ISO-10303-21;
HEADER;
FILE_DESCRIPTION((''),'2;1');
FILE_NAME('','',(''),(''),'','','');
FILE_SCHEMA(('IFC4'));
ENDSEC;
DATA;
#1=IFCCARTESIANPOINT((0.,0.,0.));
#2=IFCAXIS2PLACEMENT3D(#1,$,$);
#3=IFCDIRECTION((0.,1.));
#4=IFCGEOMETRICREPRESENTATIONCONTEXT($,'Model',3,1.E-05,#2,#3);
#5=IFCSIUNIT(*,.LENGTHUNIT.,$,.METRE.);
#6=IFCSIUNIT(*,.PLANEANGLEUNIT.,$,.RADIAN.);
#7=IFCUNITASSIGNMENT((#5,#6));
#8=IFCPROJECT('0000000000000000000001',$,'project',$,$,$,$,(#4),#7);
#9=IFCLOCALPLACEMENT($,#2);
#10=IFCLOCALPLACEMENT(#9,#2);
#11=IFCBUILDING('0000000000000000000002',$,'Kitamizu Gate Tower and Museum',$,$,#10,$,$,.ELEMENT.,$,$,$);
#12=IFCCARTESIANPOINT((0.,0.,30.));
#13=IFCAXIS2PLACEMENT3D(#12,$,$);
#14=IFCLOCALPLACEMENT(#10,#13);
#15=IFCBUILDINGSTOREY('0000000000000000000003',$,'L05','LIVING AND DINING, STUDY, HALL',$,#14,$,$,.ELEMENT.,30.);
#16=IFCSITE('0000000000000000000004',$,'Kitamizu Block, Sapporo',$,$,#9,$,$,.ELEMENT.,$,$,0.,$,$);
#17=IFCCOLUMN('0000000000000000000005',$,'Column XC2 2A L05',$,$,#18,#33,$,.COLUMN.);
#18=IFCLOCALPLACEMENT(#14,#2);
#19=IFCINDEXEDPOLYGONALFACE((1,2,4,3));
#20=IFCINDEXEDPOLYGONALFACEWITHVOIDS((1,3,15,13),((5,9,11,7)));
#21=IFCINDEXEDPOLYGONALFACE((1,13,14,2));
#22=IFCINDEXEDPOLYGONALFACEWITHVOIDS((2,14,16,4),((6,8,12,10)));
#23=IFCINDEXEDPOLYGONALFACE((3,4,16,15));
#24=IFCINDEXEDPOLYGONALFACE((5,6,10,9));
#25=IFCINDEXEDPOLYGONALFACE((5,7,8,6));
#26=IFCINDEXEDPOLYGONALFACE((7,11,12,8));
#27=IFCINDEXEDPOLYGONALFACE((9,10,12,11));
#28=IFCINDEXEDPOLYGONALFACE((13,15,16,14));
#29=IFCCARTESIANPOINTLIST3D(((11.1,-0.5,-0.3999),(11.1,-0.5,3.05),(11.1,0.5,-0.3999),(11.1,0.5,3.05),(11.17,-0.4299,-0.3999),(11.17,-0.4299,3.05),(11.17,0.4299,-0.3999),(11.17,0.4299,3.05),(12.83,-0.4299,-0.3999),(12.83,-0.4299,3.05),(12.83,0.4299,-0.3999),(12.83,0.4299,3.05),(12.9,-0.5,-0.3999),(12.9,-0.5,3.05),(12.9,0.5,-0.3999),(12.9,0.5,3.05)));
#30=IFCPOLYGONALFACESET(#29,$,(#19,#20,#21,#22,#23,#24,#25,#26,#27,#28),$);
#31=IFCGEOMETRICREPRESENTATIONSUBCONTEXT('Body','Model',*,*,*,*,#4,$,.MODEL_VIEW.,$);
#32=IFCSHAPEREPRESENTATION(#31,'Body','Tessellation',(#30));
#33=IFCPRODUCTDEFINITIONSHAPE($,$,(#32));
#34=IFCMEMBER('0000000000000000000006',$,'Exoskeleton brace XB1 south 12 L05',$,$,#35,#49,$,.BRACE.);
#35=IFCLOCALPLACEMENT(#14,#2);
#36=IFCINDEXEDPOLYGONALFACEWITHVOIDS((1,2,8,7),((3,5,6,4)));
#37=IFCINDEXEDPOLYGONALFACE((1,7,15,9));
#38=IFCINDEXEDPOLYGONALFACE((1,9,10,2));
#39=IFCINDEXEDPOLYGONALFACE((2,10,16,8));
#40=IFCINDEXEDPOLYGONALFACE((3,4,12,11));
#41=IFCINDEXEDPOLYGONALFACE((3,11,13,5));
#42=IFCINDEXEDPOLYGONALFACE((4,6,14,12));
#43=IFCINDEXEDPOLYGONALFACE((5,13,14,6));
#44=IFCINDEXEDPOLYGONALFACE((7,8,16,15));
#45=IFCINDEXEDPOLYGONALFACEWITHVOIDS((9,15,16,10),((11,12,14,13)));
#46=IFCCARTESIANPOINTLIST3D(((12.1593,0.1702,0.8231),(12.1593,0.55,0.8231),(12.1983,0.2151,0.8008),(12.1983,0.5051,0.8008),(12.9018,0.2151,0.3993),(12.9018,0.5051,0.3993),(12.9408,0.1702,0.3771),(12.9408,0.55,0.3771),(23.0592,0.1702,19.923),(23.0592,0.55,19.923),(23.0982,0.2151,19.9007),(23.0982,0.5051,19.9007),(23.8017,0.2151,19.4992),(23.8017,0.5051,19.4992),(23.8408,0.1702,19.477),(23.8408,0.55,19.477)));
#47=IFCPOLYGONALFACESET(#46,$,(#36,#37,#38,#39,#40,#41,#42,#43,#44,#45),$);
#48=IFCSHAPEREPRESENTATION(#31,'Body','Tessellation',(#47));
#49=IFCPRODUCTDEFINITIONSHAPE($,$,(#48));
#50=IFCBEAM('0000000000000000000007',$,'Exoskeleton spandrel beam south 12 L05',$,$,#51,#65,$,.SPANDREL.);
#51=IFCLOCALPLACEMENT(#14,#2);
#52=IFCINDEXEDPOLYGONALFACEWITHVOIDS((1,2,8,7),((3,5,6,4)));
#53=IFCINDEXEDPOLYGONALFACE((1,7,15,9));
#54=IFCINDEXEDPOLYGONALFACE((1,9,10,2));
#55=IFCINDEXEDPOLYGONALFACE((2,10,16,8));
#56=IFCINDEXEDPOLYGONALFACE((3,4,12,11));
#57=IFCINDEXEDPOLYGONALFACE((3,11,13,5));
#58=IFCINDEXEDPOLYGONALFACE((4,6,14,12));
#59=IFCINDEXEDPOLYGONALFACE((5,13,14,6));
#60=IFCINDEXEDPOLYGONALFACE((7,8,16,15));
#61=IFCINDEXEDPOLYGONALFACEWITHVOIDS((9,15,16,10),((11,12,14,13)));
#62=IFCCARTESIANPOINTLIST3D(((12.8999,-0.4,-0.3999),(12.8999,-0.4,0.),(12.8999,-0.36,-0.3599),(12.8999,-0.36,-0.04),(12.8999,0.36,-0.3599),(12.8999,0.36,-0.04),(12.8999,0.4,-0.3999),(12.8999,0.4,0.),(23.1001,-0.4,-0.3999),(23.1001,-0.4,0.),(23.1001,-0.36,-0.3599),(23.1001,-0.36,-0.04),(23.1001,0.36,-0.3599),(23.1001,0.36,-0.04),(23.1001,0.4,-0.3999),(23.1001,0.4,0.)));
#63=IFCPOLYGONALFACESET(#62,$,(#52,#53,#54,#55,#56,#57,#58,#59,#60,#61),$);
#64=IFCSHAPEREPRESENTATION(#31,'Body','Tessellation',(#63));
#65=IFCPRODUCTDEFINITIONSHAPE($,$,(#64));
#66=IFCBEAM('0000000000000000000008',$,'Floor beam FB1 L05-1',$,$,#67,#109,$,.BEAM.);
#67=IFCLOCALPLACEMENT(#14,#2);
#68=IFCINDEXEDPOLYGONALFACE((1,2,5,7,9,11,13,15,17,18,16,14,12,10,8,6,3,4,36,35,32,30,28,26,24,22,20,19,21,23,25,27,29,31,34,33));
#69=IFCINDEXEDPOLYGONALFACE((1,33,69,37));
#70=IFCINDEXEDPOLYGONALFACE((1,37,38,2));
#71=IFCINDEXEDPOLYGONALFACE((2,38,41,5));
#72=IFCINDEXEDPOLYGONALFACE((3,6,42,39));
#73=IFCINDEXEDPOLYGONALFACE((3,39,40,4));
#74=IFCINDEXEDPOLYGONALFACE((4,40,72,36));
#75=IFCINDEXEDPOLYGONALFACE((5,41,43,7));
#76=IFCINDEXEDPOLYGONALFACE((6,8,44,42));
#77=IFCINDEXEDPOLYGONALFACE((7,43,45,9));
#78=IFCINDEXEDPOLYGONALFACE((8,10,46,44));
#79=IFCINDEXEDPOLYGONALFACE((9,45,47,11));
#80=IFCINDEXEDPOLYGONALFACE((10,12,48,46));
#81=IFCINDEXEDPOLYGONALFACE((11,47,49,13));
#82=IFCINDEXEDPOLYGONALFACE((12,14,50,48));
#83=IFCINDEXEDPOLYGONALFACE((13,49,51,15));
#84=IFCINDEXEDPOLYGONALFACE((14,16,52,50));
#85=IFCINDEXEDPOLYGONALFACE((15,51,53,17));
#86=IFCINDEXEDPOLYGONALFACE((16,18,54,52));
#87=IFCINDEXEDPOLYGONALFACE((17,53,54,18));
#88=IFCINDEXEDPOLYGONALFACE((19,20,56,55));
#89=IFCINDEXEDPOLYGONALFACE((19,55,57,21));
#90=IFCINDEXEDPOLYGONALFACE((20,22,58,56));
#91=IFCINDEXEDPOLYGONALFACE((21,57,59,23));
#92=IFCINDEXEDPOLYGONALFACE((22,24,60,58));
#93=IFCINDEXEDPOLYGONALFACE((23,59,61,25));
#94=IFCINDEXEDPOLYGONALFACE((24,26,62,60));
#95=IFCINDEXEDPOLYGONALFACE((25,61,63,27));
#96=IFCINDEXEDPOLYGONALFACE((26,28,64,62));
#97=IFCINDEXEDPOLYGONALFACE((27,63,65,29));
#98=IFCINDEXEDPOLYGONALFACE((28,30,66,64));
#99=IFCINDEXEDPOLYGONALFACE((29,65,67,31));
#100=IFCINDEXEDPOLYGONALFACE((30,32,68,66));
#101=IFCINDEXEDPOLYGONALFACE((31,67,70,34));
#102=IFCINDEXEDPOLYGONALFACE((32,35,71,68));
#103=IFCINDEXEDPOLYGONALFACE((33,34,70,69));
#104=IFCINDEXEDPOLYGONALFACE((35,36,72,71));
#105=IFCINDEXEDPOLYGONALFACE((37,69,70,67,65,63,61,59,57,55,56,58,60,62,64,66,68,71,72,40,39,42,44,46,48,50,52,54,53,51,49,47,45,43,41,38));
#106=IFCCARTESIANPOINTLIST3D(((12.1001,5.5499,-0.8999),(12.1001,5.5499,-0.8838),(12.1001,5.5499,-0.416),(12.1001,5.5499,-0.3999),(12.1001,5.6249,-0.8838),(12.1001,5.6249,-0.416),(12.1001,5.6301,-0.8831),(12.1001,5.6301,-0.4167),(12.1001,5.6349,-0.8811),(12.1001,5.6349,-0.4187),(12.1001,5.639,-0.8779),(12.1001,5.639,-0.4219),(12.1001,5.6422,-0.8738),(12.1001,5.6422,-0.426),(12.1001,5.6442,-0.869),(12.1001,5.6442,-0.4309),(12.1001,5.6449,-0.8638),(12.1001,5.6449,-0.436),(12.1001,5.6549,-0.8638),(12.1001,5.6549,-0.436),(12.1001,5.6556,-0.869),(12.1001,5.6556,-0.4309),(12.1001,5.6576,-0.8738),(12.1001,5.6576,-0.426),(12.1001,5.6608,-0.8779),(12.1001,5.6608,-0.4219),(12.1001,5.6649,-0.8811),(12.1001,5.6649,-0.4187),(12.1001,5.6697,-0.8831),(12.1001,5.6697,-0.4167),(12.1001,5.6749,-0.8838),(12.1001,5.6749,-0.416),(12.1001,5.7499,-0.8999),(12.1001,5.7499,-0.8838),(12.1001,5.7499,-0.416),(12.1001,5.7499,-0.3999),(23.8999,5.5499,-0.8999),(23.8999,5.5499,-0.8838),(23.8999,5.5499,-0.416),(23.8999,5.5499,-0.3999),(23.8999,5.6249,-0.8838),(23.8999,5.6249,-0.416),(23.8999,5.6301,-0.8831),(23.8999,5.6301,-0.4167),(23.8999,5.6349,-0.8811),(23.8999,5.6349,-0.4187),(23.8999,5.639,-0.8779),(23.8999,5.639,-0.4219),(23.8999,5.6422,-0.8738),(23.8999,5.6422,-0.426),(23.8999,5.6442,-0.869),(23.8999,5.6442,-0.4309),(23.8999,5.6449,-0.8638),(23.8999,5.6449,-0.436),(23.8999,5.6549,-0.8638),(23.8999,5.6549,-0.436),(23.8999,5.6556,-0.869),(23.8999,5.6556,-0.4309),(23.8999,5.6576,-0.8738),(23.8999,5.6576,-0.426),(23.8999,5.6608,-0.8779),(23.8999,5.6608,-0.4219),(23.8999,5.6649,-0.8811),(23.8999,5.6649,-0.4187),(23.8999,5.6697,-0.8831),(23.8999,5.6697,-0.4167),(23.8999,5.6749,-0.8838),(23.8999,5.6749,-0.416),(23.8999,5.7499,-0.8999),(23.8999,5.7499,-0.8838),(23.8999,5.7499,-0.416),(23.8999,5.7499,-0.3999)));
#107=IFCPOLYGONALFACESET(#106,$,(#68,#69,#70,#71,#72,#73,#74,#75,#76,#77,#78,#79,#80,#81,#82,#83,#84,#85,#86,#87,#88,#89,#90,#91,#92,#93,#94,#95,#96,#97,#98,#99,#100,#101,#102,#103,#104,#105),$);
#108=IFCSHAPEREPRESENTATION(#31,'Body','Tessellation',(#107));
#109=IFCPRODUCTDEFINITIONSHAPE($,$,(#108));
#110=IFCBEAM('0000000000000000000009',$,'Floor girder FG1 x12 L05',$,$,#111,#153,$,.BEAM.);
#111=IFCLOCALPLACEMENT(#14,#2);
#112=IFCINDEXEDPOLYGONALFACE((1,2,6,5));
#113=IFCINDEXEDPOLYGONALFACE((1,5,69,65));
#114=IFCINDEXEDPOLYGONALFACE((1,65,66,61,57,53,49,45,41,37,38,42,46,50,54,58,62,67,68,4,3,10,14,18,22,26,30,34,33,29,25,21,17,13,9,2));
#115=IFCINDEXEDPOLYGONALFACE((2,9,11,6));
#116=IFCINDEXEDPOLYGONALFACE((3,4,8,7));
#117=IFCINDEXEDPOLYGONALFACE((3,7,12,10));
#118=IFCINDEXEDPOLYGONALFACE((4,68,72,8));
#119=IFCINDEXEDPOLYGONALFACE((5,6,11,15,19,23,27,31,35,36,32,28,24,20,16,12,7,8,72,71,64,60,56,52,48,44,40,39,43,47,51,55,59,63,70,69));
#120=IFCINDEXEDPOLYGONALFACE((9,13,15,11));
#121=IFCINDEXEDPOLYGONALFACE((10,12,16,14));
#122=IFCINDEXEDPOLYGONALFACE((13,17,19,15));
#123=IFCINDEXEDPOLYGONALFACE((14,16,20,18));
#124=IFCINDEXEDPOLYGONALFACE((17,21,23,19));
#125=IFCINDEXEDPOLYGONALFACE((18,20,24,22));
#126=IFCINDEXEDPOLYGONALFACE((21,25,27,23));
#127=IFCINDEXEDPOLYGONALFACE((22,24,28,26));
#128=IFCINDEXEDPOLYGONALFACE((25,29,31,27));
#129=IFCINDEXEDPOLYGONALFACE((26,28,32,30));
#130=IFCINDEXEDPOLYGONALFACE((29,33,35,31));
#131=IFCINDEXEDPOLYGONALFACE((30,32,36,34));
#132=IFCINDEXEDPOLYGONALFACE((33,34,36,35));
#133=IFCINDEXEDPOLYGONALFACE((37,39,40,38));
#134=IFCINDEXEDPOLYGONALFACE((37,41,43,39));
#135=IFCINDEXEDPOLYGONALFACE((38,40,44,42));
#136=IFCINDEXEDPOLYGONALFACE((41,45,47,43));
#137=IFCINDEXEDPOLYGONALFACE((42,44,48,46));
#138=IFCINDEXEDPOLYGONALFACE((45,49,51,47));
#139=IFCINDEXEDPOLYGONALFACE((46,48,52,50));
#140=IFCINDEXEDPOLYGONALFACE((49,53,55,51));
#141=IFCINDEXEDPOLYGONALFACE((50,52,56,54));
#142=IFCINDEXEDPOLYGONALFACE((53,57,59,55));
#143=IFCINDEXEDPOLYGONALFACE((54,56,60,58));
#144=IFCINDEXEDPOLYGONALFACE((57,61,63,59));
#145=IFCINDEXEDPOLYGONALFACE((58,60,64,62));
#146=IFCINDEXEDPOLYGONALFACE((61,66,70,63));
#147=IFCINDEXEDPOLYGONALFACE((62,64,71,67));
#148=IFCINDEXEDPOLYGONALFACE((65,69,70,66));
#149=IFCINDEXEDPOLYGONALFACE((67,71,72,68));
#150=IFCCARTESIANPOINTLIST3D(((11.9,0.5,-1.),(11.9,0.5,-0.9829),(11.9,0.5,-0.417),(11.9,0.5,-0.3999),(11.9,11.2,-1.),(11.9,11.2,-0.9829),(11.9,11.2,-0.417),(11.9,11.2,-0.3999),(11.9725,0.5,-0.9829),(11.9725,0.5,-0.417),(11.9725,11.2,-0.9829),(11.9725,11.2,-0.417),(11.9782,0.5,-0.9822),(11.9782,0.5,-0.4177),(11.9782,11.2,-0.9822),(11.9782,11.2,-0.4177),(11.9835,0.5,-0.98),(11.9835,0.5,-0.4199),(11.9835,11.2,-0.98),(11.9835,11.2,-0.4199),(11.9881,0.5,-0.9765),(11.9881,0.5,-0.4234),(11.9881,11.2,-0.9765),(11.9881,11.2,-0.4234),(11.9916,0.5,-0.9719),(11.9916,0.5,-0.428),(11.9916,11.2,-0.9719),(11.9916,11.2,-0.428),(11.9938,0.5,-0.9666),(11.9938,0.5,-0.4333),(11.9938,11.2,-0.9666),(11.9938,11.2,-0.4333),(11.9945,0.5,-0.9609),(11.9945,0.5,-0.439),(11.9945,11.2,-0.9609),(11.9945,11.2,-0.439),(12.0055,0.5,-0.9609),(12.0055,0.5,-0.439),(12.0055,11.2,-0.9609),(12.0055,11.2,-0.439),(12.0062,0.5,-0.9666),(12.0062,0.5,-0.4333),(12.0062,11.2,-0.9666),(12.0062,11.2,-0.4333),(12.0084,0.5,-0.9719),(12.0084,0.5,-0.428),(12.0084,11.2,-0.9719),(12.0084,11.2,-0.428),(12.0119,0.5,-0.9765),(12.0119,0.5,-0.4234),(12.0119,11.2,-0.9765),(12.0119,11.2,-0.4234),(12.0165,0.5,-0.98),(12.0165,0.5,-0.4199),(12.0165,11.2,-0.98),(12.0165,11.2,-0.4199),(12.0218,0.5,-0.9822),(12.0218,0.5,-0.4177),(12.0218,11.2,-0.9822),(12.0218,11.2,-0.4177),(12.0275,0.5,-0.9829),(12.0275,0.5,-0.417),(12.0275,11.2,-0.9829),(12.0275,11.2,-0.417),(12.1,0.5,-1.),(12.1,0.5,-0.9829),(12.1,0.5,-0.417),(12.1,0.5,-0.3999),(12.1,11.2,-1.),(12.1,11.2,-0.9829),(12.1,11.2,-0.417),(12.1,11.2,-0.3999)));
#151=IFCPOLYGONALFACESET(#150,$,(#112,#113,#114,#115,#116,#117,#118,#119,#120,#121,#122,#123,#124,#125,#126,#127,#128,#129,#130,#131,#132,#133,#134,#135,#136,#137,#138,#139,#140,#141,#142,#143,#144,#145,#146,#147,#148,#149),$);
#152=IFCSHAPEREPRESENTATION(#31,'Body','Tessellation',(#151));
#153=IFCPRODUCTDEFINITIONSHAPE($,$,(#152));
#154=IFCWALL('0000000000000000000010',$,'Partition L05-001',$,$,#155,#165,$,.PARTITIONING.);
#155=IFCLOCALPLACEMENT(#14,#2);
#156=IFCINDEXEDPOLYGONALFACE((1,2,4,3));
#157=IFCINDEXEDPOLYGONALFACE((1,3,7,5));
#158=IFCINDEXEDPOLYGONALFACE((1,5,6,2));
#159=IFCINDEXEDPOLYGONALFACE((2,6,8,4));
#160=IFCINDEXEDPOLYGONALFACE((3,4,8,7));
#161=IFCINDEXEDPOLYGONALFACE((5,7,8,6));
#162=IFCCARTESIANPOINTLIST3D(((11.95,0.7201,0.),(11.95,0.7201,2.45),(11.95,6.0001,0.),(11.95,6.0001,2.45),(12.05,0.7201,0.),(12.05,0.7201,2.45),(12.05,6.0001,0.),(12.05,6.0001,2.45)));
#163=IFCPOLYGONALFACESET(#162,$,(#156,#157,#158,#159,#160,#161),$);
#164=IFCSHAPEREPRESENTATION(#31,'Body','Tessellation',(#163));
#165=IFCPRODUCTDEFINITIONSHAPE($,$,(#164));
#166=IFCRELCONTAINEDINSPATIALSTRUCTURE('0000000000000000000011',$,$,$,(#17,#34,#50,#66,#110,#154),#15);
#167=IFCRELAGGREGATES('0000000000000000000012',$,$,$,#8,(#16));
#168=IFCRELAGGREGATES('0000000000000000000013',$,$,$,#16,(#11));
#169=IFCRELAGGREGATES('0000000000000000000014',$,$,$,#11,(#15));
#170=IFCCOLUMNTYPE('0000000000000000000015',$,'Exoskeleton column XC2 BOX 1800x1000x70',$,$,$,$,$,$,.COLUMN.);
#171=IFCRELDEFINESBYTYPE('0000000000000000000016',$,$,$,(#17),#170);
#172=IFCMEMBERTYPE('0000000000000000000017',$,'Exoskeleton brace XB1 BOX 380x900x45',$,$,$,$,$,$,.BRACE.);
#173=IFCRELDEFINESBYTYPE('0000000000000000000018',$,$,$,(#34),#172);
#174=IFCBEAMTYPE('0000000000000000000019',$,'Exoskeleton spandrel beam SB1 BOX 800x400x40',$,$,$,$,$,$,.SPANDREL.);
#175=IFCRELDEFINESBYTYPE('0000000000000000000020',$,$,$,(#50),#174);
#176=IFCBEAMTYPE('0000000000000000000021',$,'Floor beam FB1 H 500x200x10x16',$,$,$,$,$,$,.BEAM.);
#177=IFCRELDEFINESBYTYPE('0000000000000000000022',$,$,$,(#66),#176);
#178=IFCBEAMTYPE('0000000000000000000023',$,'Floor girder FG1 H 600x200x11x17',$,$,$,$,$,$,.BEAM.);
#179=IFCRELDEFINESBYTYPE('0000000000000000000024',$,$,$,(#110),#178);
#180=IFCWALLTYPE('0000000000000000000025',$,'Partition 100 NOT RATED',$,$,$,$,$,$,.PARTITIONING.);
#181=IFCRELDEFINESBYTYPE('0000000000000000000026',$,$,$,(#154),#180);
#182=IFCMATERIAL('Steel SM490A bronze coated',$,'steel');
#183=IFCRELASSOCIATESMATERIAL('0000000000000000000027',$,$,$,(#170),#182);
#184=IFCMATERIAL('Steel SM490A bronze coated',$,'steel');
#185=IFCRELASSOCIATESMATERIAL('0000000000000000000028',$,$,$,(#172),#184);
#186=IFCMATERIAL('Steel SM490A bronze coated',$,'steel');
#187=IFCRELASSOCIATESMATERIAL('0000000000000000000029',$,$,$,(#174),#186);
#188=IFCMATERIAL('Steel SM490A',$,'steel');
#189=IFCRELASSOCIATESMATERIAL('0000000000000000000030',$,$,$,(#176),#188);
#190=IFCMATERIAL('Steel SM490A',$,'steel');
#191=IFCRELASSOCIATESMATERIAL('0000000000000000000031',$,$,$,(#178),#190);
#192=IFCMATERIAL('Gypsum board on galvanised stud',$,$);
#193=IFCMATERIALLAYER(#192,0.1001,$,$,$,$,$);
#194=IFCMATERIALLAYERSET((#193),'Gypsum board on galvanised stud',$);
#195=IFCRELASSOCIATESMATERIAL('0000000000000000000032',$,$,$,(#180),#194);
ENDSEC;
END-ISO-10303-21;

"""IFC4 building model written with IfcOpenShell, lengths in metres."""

from ifc_helpers import new_model, si_unit, direction, frame, frame_2d, origin, origin_2d, place, context, subcontext, project, spatial, rectangle, hollow_rectangle, i_section, extrude, material, layer, layer_set, material_profile, profile_set, type_object, element, save


model = new_model("IFC4")

# Units and contexts
model_context = context("Model", 3, precision=1e-05, world=origin(), true_north=direction((0.0, 1.0)))
body_context = subcontext(model_context, "Body", "Model", "MODEL_VIEW")
ifc_project = project(units=[si_unit("LENGTHUNIT", "METRE"), si_unit("PLANEANGLEUNIT", "RADIAN")], contexts=[model_context])

# Site, building, storey
site_placement = place(None, origin())
site = spatial("IfcSite", under=ifc_project, at=site_placement, Name="Kitamizu Block, Sapporo", CompositionType="ELEMENT", RefElevation=0.0)
building_placement = place(site_placement, origin())
building = spatial("IfcBuilding", under=site, at=building_placement, Name="Kitamizu Gate Tower and Museum", CompositionType="ELEMENT")
storey_placement = place(building_placement, frame((0.0, 0.0, 30.0)))
storey = spatial("IfcBuildingStorey", under=building, at=storey_placement, Name="L05", Description="LIVING AND DINING, STUDY, HALL", CompositionType="ELEMENT", Elevation=30.0)

# Column
ifc_material_1 = material(Name="Steel SM490A bronze coated", Category="steel")
ifc_material_profile_1 = material_profile(ifc_material_1, hollow_rectangle(XDim=1.8, YDim=1.0, WallThickness=0.0701, at=origin_2d()), Name="BOX 1800x1000x70")
ifc_profile_set_1 = profile_set([ifc_material_profile_1], Name="Steel SM490A bronze coated")
column_type = type_object("IfcColumnType", Name="Exoskeleton column XC2 BOX 1800x1000x70", PredefinedType="COLUMN", material=ifc_profile_set_1)
column_placement = place(storey_placement, frame((12.0, 0.0, -0.3999), z_axis=(0.0, 0.0, 1.0), x_axis=(1.0, 0.0, 0.0)))
element("IfcColumn", 1, at=column_placement, inside=storey, type_object=column_type, Name="Column XC2 2A L05", PredefinedType="COLUMN", context=body_context, shape_type="SweptSolid", body=[
    extrude(hollow_rectangle(XDim=1.8, YDim=1.0, WallThickness=0.0701, at=origin_2d()), origin(), (0.0, 0.0, 1.0), 3.45),
])

# Member
ifc_material_2 = material(Name="Steel SM490A bronze coated", Category="steel")
ifc_material_profile_2 = material_profile(ifc_material_2, hollow_rectangle(XDim=0.3799, YDim=0.8999, WallThickness=0.0449, at=origin_2d()), Name="BOX 380x900x45")
ifc_profile_set_2 = profile_set([ifc_material_profile_2], Name="Steel SM490A bronze coated")
member_type = type_object("IfcMemberType", Name="Exoskeleton brace XB1 BOX 380x900x45", PredefinedType="BRACE", material=ifc_profile_set_2)
member_placement = place(storey_placement, frame((12.55, 0.3601, 0.6001), z_axis=(0.495649, 0.0, 0.868523), x_axis=(0.0, 1.0, 0.0)))
element("IfcMember", 2, at=member_placement, inside=storey, type_object=member_type, Name="Exoskeleton brace XB1 south 12 L05", PredefinedType="BRACE", context=body_context, shape_type="SweptSolid", body=[
    extrude(hollow_rectangle(XDim=0.3799, YDim=0.8999, WallThickness=0.0449, at=origin_2d()), origin(), (0.0, 0.0, 1.0), 21.9912),
])

# Beams
ifc_material_3 = material(Name="Steel SM490A bronze coated", Category="steel")
ifc_material_profile_3 = material_profile(ifc_material_3, hollow_rectangle(XDim=0.8, YDim=0.3999, WallThickness=0.04, at=origin_2d()), Name="BOX 800x400x40")
ifc_profile_set_3 = profile_set([ifc_material_profile_3], Name="Steel SM490A bronze coated")
beam_type_1 = type_object("IfcBeamType", Name="Exoskeleton spandrel beam SB1 BOX 800x400x40", PredefinedType="SPANDREL", material=ifc_profile_set_3)
beam_1_placement = place(storey_placement, frame((12.8999, 0.0, -0.2), z_axis=(1.0, 0.0, 0.0), x_axis=(0.0, 1.0, 0.0)))
element("IfcBeam", 3, at=beam_1_placement, inside=storey, type_object=beam_type_1, Name="Exoskeleton spandrel beam south 12 L05", PredefinedType="SPANDREL", context=body_context, shape_type="SweptSolid", body=[
    extrude(hollow_rectangle(XDim=0.8, YDim=0.3999, WallThickness=0.04, at=origin_2d()), origin(), (0.0, 0.0, 1.0), 10.2002),
])
ifc_material_4 = material(Name="Steel SM490A", Category="steel")
ifc_material_profile_4 = material_profile(ifc_material_4, i_section(OverallWidth=0.2, OverallDepth=0.5, WebThickness=0.01, FlangeThickness=0.0161, FilletRadius=0.02, at=origin_2d()), Name="H-500x200x10x16")
ifc_profile_set_4 = profile_set([ifc_material_profile_4], Name="Steel SM490A")
beam_type_2 = type_object("IfcBeamType", Name="Floor beam FB1 H 500x200x10x16", PredefinedType="BEAM", material=ifc_profile_set_4)
beam_2_placement = place(storey_placement, frame((12.1001, 5.6499, -0.6499), z_axis=(1.0, 0.0, 0.0), x_axis=(0.0, 1.0, 0.0)))
element("IfcBeam", 4, at=beam_2_placement, inside=storey, type_object=beam_type_2, Name="Floor beam FB1 L05-1", PredefinedType="BEAM", context=body_context, shape_type="SweptSolid", body=[
    extrude(i_section(OverallWidth=0.2, OverallDepth=0.5, WebThickness=0.01, FlangeThickness=0.0161, FilletRadius=0.02, at=origin_2d()), origin(), (0.0, 0.0, 1.0), 11.7998),
])
ifc_material_5 = material(Name="Steel SM490A", Category="steel")
ifc_material_profile_5 = material_profile(ifc_material_5, i_section(OverallWidth=0.2, OverallDepth=0.6001, WebThickness=0.011, FlangeThickness=0.0171, FilletRadius=0.022, at=origin_2d()), Name="H-600x200x11x17")
ifc_profile_set_5 = profile_set([ifc_material_profile_5], Name="Steel SM490A")
beam_type_3 = type_object("IfcBeamType", Name="Floor girder FG1 H 600x200x11x17", PredefinedType="BEAM", material=ifc_profile_set_5)
beam_3_placement = place(storey_placement, frame((12.0, 0.5, -0.7), z_axis=(0.0, 1.0, 0.0), x_axis=(-1.0, 0.0, 0.0)))
element("IfcBeam", 5, at=beam_3_placement, inside=storey, type_object=beam_type_3, Name="Floor girder FG1 x12 L05", PredefinedType="BEAM", context=body_context, shape_type="SweptSolid", body=[
    extrude(i_section(OverallWidth=0.2, OverallDepth=0.6001, WebThickness=0.011, FlangeThickness=0.0171, FilletRadius=0.022, at=origin_2d()), origin(), (0.0, 0.0, 1.0), 10.7),
])

# Wall
ifc_material_6 = material(Name="Gypsum board on galvanised stud")
ifc_layer_1 = layer(ifc_material_6, 0.1001)
ifc_layer_set_1 = layer_set([ifc_layer_1], Name="Gypsum board on galvanised stud")
wall_type_1 = type_object("IfcWallType", Name="Partition 100 NOT RATED", PredefinedType="PARTITIONING", material=ifc_layer_set_1)
wall_1_placement = place(storey_placement, frame((12.0, 0.72, 0.0), z_axis=(0.0, 0.0, 1.0), x_axis=(0.0, 1.0, 0.0)))
element("IfcWall", 6, at=wall_1_placement, inside=storey, type_object=wall_type_1, Name="Partition L05-001", PredefinedType="PARTITIONING", context=body_context, shape_type="SweptSolid", body=[
    extrude(rectangle(XDim=5.28, YDim=0.1001, at=frame_2d((2.6401, 0.0))), origin(), (0.0, 0.0, 1.0), 2.45),
])

save(model, "model.ifc")
